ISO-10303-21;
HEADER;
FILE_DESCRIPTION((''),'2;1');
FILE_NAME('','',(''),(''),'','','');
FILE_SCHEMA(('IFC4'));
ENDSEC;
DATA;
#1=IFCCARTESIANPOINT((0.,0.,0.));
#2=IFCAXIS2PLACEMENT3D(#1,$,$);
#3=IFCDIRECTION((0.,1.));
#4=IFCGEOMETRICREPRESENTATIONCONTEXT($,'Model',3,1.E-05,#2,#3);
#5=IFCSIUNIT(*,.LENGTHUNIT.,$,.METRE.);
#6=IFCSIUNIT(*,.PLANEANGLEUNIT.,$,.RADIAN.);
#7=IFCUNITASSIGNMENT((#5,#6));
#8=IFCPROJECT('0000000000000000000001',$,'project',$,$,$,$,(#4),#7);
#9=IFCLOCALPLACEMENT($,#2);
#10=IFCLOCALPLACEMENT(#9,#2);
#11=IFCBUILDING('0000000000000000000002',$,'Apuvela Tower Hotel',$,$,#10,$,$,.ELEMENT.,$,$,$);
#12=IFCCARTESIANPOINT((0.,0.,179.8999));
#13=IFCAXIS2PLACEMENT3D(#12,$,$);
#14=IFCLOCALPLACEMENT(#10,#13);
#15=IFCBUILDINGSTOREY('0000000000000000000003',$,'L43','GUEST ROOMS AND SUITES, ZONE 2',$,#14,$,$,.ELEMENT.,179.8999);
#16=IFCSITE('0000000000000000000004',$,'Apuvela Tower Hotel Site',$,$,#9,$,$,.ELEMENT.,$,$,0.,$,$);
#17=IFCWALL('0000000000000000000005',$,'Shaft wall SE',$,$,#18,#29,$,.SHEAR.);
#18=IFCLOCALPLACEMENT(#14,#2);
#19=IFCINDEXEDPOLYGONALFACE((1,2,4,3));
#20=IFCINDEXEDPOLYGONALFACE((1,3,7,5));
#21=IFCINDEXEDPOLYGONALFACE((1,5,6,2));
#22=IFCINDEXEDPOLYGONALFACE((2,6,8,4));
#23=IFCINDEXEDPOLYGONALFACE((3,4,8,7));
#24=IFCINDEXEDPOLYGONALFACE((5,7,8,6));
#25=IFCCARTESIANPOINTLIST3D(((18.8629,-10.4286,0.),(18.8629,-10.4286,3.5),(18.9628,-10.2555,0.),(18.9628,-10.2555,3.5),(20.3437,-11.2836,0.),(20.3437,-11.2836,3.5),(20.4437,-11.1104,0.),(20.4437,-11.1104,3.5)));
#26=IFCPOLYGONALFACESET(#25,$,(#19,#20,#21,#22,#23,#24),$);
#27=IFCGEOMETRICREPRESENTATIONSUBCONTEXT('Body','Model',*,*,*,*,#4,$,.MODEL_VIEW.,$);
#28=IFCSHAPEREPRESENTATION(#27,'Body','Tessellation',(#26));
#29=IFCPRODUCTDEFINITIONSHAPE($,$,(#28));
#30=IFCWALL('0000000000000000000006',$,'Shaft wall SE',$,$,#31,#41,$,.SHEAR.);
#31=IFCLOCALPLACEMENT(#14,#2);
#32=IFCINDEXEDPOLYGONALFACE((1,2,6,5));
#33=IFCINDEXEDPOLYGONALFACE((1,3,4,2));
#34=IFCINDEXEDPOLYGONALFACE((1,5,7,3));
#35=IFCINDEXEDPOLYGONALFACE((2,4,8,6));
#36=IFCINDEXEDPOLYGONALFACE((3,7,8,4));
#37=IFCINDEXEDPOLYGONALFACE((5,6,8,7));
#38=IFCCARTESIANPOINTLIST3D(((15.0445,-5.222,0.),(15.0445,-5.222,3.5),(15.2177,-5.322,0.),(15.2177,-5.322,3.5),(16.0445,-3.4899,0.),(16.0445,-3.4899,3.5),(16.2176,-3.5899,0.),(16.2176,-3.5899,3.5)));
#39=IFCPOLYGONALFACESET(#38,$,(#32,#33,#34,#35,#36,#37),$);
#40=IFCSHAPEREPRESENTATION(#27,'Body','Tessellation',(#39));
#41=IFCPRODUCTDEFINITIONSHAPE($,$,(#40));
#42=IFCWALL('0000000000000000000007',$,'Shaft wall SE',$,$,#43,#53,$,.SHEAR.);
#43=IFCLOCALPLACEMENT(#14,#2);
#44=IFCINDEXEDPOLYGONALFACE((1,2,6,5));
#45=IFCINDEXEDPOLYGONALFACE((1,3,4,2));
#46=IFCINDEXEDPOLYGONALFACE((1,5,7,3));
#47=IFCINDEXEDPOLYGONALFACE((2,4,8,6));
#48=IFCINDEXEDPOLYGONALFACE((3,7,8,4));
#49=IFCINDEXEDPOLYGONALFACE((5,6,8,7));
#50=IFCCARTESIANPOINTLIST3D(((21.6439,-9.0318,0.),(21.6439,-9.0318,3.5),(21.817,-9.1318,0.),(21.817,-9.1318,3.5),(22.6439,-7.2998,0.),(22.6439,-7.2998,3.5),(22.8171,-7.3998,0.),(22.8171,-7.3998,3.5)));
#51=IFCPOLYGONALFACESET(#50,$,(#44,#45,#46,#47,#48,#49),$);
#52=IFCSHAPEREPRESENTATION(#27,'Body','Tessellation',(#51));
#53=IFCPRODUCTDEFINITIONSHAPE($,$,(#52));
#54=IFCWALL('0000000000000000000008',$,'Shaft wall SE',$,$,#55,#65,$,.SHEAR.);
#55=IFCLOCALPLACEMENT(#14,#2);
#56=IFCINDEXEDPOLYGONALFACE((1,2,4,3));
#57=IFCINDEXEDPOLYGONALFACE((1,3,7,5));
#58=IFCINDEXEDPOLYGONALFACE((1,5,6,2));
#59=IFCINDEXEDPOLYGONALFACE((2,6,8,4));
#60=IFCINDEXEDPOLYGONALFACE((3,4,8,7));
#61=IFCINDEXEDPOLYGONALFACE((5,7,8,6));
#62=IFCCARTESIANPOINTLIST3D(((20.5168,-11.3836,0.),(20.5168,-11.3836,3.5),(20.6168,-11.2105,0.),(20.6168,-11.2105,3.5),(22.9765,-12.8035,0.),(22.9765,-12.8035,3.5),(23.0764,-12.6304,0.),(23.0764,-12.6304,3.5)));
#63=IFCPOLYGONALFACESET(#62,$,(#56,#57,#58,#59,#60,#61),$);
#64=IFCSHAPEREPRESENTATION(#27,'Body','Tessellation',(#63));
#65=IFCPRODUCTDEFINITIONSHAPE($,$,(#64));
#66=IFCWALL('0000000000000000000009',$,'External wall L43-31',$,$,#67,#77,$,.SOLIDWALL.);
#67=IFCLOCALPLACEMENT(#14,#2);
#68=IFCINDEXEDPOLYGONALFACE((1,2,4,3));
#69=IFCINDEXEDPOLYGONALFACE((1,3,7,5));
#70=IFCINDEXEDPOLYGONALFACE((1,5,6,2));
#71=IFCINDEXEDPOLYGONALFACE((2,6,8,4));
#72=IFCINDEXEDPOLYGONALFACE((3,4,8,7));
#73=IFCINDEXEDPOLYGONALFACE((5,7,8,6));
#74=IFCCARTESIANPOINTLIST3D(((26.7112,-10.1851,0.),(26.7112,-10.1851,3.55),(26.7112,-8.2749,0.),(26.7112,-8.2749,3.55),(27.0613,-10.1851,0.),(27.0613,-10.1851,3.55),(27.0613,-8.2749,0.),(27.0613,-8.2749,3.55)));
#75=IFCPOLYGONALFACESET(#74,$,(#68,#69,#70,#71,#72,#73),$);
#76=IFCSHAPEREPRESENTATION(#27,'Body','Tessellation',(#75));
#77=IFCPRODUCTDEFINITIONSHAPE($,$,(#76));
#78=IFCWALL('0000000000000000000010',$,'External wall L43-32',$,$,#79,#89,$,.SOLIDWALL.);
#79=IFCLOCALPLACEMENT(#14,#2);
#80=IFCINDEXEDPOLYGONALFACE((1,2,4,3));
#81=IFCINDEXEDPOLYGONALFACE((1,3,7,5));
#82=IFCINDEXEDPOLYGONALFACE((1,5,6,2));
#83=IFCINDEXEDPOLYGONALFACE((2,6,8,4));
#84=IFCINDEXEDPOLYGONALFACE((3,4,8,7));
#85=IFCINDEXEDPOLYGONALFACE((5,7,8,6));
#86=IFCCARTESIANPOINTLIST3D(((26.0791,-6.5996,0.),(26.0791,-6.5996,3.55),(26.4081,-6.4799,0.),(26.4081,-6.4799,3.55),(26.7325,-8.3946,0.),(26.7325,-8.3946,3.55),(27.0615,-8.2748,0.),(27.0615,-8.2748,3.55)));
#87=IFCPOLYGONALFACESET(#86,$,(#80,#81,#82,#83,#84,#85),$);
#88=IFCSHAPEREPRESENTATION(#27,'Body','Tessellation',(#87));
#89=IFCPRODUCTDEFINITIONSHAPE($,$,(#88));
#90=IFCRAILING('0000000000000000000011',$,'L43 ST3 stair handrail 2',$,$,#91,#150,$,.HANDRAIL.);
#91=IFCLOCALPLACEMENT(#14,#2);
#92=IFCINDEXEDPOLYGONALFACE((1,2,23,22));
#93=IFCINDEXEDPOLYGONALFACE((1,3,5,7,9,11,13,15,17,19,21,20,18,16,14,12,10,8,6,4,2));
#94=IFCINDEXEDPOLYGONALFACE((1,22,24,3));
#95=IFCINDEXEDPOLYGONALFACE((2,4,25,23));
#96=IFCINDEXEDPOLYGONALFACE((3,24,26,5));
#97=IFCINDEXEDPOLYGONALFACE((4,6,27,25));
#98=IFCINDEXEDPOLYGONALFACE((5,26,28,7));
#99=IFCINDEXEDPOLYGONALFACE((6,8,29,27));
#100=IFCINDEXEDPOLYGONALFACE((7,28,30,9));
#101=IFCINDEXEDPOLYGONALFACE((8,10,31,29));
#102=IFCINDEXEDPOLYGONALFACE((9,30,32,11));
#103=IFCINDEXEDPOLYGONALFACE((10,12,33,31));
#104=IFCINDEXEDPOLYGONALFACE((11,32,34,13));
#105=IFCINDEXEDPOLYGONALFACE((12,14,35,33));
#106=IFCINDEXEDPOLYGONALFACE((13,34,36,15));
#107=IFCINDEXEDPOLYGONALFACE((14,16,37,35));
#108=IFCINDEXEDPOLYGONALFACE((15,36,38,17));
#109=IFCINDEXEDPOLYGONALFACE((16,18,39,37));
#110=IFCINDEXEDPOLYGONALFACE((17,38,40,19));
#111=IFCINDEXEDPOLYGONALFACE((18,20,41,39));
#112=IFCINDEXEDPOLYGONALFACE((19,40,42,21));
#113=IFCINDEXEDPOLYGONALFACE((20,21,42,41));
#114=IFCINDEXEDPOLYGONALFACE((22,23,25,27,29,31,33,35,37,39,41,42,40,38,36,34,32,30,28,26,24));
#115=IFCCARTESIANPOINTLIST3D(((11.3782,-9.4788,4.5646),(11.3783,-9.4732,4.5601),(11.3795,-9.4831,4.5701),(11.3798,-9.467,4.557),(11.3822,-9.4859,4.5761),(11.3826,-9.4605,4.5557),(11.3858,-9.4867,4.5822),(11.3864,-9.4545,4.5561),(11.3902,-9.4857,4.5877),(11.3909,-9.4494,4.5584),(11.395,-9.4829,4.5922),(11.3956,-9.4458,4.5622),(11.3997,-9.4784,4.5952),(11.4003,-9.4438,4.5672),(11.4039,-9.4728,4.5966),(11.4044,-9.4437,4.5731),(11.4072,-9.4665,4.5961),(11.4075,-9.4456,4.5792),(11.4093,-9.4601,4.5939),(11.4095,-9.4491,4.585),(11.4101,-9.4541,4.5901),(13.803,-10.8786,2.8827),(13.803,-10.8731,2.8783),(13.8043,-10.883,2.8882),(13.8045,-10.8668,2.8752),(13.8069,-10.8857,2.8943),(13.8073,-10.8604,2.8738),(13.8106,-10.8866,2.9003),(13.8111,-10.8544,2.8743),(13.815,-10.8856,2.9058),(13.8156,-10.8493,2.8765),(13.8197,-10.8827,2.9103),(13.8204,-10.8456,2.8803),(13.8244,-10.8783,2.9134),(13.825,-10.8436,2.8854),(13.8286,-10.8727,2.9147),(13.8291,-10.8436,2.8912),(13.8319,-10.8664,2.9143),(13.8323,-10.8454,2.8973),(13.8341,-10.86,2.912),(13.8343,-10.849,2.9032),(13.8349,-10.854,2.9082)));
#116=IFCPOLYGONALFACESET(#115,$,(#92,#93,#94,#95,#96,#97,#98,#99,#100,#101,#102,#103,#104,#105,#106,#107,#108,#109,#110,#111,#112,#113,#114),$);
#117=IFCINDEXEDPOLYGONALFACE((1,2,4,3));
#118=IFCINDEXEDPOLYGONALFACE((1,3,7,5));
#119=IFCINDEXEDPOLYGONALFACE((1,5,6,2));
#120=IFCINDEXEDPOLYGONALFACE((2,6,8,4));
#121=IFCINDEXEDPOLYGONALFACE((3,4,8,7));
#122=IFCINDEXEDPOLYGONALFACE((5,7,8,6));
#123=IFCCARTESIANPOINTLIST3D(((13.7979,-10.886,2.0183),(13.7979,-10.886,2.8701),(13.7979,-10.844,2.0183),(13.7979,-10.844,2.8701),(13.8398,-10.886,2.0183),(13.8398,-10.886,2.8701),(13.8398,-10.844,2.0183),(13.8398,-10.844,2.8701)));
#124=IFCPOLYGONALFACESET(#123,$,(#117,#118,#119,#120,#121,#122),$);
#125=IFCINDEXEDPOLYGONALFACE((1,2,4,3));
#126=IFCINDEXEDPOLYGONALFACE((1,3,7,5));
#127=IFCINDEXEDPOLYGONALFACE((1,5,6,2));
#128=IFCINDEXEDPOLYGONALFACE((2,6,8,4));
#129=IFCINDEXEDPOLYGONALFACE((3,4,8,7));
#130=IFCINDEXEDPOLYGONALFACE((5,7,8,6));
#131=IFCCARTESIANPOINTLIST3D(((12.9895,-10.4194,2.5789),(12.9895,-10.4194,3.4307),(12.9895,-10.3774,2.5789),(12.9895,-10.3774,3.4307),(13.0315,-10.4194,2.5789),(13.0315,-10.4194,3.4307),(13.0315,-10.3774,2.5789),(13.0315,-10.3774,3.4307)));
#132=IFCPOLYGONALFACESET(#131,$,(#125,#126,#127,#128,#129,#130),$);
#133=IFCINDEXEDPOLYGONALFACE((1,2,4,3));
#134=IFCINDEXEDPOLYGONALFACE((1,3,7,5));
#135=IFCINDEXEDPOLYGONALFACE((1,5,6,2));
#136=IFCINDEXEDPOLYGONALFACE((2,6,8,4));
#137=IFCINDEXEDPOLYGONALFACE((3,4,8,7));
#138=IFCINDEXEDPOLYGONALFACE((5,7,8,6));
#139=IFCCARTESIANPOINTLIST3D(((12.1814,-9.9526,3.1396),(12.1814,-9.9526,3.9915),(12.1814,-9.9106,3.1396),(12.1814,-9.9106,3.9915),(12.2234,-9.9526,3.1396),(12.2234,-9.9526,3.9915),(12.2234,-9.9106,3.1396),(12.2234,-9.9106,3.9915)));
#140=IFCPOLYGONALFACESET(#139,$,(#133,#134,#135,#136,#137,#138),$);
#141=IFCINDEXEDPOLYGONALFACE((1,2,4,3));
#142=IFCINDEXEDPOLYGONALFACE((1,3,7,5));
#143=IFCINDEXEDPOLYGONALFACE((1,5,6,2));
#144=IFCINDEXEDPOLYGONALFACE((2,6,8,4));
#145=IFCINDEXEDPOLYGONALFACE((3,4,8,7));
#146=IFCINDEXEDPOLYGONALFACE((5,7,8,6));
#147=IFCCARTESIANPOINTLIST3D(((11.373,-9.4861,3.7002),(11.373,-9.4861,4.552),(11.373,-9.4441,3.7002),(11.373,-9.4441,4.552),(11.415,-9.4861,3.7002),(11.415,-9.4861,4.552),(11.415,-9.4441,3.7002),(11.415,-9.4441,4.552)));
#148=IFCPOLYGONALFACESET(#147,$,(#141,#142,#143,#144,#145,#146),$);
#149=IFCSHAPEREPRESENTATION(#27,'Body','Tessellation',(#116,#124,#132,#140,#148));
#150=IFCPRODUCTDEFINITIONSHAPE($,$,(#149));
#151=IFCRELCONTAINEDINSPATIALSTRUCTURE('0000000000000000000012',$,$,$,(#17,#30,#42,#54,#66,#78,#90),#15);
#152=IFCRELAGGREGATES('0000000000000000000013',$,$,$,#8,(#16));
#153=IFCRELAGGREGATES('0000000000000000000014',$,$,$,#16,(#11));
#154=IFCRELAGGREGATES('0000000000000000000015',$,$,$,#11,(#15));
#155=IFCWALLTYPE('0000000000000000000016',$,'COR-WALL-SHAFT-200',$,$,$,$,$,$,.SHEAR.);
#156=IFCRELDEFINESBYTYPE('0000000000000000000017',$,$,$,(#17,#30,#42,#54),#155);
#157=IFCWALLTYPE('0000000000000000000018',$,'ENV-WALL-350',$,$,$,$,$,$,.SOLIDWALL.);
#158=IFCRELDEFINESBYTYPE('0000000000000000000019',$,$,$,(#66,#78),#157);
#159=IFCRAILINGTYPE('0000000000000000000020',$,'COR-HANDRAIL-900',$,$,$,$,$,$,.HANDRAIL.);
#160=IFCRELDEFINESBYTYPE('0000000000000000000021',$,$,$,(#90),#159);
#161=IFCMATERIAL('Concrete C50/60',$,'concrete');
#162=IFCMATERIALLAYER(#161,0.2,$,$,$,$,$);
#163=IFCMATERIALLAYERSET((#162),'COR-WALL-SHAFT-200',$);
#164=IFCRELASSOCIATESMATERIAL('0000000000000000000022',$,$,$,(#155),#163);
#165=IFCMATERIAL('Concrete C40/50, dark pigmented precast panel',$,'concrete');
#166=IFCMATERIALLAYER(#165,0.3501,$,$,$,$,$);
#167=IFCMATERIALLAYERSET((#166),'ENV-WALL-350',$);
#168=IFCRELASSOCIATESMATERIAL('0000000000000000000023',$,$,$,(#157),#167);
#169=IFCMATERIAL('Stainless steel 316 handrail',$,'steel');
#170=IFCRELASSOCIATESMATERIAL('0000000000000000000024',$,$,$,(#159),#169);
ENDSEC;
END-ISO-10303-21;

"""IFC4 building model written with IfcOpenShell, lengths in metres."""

from ifc_helpers import new_model, si_unit, direction, frame, frame_2d, origin, origin_2d, place, context, subcontext, project, spatial, rectangle, circle, extrude, material, layer, layer_set, type_object, element, save


model = new_model("IFC4")

# Units and contexts
model_context = context("Model", 3, precision=1e-05, world=origin(), true_north=direction((0.0, 1.0)))
body_context = subcontext(model_context, "Body", "Model", "MODEL_VIEW")
ifc_project = project(units=[si_unit("LENGTHUNIT", "METRE"), si_unit("PLANEANGLEUNIT", "RADIAN")], contexts=[model_context])

# Site, building, storey
site_placement = place(None, origin())
site = spatial("IfcSite", under=ifc_project, at=site_placement, Name="Apuvela Tower Hotel Site", CompositionType="ELEMENT", RefElevation=0.0)
building_placement = place(site_placement, origin())
building = spatial("IfcBuilding", under=site, at=building_placement, Name="Apuvela Tower Hotel", CompositionType="ELEMENT")
storey_placement = place(building_placement, frame((0.0, 0.0, 179.8999)))
storey = spatial("IfcBuildingStorey", under=building, at=storey_placement, Name="L43", Description="GUEST ROOMS AND SUITES, ZONE 2", CompositionType="ELEMENT", Elevation=179.8999)

# Walls
ifc_material_1 = material(Name="Concrete C50/60", Category="concrete")
ifc_layer_1 = layer(ifc_material_1, 0.2)
ifc_layer_set_1 = layer_set([ifc_layer_1], Name="COR-WALL-SHAFT-200")
wall_type_1 = type_object("IfcWallType", Name="COR-WALL-SHAFT-200", PredefinedType="SHEAR", material=ifc_layer_set_1)
wall_1_placement = place(storey_placement, frame((18.9128, -10.342, 0.0), z_axis=(0.0, 0.0, 1.0), x_axis=(0.866038, -0.499978, 0.0)))
element("IfcWall", 1, at=wall_1_placement, inside=storey, type_object=wall_type_1, Name="Shaft wall SE", PredefinedType="SHEAR", context=body_context, shape_type="SweptSolid", body=[
    extrude(rectangle(XDim=1.71, YDim=0.2, at=frame_2d((0.855, 0.0))), origin(), (0.0, 0.0, 1.0), 3.5),
])
for number, where, z_axis, x_axis, name in (
    (2, (15.1311, -5.272, 0.0), (0.0, 0.0, 1.0), (0.499973, 0.866041, 0.0), "Shaft wall SE"),
    (3, (21.7305, -9.0818, 0.0), (0.0, 0.0, 1.0), (0.500025, 0.866011, 0.0), "Shaft wall SE"),
):
    element("IfcWall", number, at=place(storey_placement, frame(where, z_axis=z_axis, x_axis=x_axis)), inside=storey, type_object=wall_type_1, Name=name, PredefinedType="SHEAR", context=body_context, shape_type="SweptSolid", body=[
        extrude(rectangle(XDim=2.0, YDim=0.2, at=frame_2d((1.0, 0.0))), origin(), (0.0, 0.0, 1.0), 3.5),
    ])
wall_2_placement = place(storey_placement, frame((20.5669, -11.2971, 0.0), z_axis=(0.0, 0.0, 1.0), x_axis=(0.866055, -0.499948, 0.0)))
element("IfcWall", 4, at=wall_2_placement, inside=storey, type_object=wall_type_1, Name="Shaft wall SE", PredefinedType="SHEAR", context=body_context, shape_type="SweptSolid", body=[
    extrude(rectangle(XDim=2.8401, YDim=0.2, at=frame_2d((1.4199, 0.0))), origin(), (0.0, 0.0, 1.0), 3.5),
])
ifc_material_2 = material(Name="Concrete C40/50, dark pigmented precast panel", Category="concrete")
ifc_layer_2 = layer(ifc_material_2, 0.3501)
ifc_layer_set_2 = layer_set([ifc_layer_2], Name="ENV-WALL-350")
wall_type_2 = type_object("IfcWallType", Name="ENV-WALL-350", PredefinedType="SOLIDWALL", material=ifc_layer_set_2)
for number, where, z_axis, x_axis, name in (
    (5, (26.8862, -10.1851, 0.0), (0.0, 0.0, 1.0), (0.0, 1.0, 0.0), "External wall L43-31"),
    (6, (26.897, -8.3347, 0.0), (0.0, 0.0, 1.0), (-0.34203, 0.939689, 0.0), "External wall L43-32"),
):
    element("IfcWall", number, at=place(storey_placement, frame(where, z_axis=z_axis, x_axis=x_axis)), inside=storey, type_object=wall_type_2, Name=name, PredefinedType="SOLIDWALL", context=body_context, shape_type="SweptSolid", body=[
        extrude(rectangle(XDim=1.9102, YDim=0.3501, at=frame_2d((0.9551, 0.0))), origin(), (0.0, 0.0, 1.0), 3.55),
    ])

# Railing
ifc_material_3 = material(Name="Stainless steel 316 handrail", Category="steel")
railing_type_1 = type_object("IfcRailingType", Name="COR-HANDRAIL-900", PredefinedType="HANDRAIL", material=ifc_material_3)
railing_1_placement = place(storey_placement, frame((13.8188, -10.865, 2.0183)))
element("IfcRailing", 7, at=railing_1_placement, inside=storey, type_object=railing_type_1, Name="L43 ST3 stair handrail 2", PredefinedType="HANDRAIL", context=body_context, shape_type="SweptSolid", body=[
    extrude(circle(Radius=0.0239, at=origin_2d()), frame((0.0, 0.0, 0.876), z_axis=(-0.74239, 0.428601, 0.514934), x_axis=(-0.499984, -0.866035, 0.0)), (0.0, 0.0, 1.0), 3.2661),
    extrude(rectangle(XDim=0.042, YDim=0.042, at=origin_2d()), origin(), (0.0, 0.0, 1.0), 0.8518),
    extrude(rectangle(XDim=0.042, YDim=0.042, at=origin_2d()), frame((-0.8083, 0.4666, 0.5605)), (0.0, 0.0, 1.0), 0.8518),
    extrude(rectangle(XDim=0.042, YDim=0.042, at=origin_2d()), frame((-1.6165, 0.9333, 1.1213)), (0.0, 0.0, 1.0), 0.8518),
    extrude(rectangle(XDim=0.042, YDim=0.042, at=origin_2d()), frame((-2.4248, 1.3999, 1.6819)), (0.0, 0.0, 1.0), 0.8518),
])

save(model, "model.ifc")
